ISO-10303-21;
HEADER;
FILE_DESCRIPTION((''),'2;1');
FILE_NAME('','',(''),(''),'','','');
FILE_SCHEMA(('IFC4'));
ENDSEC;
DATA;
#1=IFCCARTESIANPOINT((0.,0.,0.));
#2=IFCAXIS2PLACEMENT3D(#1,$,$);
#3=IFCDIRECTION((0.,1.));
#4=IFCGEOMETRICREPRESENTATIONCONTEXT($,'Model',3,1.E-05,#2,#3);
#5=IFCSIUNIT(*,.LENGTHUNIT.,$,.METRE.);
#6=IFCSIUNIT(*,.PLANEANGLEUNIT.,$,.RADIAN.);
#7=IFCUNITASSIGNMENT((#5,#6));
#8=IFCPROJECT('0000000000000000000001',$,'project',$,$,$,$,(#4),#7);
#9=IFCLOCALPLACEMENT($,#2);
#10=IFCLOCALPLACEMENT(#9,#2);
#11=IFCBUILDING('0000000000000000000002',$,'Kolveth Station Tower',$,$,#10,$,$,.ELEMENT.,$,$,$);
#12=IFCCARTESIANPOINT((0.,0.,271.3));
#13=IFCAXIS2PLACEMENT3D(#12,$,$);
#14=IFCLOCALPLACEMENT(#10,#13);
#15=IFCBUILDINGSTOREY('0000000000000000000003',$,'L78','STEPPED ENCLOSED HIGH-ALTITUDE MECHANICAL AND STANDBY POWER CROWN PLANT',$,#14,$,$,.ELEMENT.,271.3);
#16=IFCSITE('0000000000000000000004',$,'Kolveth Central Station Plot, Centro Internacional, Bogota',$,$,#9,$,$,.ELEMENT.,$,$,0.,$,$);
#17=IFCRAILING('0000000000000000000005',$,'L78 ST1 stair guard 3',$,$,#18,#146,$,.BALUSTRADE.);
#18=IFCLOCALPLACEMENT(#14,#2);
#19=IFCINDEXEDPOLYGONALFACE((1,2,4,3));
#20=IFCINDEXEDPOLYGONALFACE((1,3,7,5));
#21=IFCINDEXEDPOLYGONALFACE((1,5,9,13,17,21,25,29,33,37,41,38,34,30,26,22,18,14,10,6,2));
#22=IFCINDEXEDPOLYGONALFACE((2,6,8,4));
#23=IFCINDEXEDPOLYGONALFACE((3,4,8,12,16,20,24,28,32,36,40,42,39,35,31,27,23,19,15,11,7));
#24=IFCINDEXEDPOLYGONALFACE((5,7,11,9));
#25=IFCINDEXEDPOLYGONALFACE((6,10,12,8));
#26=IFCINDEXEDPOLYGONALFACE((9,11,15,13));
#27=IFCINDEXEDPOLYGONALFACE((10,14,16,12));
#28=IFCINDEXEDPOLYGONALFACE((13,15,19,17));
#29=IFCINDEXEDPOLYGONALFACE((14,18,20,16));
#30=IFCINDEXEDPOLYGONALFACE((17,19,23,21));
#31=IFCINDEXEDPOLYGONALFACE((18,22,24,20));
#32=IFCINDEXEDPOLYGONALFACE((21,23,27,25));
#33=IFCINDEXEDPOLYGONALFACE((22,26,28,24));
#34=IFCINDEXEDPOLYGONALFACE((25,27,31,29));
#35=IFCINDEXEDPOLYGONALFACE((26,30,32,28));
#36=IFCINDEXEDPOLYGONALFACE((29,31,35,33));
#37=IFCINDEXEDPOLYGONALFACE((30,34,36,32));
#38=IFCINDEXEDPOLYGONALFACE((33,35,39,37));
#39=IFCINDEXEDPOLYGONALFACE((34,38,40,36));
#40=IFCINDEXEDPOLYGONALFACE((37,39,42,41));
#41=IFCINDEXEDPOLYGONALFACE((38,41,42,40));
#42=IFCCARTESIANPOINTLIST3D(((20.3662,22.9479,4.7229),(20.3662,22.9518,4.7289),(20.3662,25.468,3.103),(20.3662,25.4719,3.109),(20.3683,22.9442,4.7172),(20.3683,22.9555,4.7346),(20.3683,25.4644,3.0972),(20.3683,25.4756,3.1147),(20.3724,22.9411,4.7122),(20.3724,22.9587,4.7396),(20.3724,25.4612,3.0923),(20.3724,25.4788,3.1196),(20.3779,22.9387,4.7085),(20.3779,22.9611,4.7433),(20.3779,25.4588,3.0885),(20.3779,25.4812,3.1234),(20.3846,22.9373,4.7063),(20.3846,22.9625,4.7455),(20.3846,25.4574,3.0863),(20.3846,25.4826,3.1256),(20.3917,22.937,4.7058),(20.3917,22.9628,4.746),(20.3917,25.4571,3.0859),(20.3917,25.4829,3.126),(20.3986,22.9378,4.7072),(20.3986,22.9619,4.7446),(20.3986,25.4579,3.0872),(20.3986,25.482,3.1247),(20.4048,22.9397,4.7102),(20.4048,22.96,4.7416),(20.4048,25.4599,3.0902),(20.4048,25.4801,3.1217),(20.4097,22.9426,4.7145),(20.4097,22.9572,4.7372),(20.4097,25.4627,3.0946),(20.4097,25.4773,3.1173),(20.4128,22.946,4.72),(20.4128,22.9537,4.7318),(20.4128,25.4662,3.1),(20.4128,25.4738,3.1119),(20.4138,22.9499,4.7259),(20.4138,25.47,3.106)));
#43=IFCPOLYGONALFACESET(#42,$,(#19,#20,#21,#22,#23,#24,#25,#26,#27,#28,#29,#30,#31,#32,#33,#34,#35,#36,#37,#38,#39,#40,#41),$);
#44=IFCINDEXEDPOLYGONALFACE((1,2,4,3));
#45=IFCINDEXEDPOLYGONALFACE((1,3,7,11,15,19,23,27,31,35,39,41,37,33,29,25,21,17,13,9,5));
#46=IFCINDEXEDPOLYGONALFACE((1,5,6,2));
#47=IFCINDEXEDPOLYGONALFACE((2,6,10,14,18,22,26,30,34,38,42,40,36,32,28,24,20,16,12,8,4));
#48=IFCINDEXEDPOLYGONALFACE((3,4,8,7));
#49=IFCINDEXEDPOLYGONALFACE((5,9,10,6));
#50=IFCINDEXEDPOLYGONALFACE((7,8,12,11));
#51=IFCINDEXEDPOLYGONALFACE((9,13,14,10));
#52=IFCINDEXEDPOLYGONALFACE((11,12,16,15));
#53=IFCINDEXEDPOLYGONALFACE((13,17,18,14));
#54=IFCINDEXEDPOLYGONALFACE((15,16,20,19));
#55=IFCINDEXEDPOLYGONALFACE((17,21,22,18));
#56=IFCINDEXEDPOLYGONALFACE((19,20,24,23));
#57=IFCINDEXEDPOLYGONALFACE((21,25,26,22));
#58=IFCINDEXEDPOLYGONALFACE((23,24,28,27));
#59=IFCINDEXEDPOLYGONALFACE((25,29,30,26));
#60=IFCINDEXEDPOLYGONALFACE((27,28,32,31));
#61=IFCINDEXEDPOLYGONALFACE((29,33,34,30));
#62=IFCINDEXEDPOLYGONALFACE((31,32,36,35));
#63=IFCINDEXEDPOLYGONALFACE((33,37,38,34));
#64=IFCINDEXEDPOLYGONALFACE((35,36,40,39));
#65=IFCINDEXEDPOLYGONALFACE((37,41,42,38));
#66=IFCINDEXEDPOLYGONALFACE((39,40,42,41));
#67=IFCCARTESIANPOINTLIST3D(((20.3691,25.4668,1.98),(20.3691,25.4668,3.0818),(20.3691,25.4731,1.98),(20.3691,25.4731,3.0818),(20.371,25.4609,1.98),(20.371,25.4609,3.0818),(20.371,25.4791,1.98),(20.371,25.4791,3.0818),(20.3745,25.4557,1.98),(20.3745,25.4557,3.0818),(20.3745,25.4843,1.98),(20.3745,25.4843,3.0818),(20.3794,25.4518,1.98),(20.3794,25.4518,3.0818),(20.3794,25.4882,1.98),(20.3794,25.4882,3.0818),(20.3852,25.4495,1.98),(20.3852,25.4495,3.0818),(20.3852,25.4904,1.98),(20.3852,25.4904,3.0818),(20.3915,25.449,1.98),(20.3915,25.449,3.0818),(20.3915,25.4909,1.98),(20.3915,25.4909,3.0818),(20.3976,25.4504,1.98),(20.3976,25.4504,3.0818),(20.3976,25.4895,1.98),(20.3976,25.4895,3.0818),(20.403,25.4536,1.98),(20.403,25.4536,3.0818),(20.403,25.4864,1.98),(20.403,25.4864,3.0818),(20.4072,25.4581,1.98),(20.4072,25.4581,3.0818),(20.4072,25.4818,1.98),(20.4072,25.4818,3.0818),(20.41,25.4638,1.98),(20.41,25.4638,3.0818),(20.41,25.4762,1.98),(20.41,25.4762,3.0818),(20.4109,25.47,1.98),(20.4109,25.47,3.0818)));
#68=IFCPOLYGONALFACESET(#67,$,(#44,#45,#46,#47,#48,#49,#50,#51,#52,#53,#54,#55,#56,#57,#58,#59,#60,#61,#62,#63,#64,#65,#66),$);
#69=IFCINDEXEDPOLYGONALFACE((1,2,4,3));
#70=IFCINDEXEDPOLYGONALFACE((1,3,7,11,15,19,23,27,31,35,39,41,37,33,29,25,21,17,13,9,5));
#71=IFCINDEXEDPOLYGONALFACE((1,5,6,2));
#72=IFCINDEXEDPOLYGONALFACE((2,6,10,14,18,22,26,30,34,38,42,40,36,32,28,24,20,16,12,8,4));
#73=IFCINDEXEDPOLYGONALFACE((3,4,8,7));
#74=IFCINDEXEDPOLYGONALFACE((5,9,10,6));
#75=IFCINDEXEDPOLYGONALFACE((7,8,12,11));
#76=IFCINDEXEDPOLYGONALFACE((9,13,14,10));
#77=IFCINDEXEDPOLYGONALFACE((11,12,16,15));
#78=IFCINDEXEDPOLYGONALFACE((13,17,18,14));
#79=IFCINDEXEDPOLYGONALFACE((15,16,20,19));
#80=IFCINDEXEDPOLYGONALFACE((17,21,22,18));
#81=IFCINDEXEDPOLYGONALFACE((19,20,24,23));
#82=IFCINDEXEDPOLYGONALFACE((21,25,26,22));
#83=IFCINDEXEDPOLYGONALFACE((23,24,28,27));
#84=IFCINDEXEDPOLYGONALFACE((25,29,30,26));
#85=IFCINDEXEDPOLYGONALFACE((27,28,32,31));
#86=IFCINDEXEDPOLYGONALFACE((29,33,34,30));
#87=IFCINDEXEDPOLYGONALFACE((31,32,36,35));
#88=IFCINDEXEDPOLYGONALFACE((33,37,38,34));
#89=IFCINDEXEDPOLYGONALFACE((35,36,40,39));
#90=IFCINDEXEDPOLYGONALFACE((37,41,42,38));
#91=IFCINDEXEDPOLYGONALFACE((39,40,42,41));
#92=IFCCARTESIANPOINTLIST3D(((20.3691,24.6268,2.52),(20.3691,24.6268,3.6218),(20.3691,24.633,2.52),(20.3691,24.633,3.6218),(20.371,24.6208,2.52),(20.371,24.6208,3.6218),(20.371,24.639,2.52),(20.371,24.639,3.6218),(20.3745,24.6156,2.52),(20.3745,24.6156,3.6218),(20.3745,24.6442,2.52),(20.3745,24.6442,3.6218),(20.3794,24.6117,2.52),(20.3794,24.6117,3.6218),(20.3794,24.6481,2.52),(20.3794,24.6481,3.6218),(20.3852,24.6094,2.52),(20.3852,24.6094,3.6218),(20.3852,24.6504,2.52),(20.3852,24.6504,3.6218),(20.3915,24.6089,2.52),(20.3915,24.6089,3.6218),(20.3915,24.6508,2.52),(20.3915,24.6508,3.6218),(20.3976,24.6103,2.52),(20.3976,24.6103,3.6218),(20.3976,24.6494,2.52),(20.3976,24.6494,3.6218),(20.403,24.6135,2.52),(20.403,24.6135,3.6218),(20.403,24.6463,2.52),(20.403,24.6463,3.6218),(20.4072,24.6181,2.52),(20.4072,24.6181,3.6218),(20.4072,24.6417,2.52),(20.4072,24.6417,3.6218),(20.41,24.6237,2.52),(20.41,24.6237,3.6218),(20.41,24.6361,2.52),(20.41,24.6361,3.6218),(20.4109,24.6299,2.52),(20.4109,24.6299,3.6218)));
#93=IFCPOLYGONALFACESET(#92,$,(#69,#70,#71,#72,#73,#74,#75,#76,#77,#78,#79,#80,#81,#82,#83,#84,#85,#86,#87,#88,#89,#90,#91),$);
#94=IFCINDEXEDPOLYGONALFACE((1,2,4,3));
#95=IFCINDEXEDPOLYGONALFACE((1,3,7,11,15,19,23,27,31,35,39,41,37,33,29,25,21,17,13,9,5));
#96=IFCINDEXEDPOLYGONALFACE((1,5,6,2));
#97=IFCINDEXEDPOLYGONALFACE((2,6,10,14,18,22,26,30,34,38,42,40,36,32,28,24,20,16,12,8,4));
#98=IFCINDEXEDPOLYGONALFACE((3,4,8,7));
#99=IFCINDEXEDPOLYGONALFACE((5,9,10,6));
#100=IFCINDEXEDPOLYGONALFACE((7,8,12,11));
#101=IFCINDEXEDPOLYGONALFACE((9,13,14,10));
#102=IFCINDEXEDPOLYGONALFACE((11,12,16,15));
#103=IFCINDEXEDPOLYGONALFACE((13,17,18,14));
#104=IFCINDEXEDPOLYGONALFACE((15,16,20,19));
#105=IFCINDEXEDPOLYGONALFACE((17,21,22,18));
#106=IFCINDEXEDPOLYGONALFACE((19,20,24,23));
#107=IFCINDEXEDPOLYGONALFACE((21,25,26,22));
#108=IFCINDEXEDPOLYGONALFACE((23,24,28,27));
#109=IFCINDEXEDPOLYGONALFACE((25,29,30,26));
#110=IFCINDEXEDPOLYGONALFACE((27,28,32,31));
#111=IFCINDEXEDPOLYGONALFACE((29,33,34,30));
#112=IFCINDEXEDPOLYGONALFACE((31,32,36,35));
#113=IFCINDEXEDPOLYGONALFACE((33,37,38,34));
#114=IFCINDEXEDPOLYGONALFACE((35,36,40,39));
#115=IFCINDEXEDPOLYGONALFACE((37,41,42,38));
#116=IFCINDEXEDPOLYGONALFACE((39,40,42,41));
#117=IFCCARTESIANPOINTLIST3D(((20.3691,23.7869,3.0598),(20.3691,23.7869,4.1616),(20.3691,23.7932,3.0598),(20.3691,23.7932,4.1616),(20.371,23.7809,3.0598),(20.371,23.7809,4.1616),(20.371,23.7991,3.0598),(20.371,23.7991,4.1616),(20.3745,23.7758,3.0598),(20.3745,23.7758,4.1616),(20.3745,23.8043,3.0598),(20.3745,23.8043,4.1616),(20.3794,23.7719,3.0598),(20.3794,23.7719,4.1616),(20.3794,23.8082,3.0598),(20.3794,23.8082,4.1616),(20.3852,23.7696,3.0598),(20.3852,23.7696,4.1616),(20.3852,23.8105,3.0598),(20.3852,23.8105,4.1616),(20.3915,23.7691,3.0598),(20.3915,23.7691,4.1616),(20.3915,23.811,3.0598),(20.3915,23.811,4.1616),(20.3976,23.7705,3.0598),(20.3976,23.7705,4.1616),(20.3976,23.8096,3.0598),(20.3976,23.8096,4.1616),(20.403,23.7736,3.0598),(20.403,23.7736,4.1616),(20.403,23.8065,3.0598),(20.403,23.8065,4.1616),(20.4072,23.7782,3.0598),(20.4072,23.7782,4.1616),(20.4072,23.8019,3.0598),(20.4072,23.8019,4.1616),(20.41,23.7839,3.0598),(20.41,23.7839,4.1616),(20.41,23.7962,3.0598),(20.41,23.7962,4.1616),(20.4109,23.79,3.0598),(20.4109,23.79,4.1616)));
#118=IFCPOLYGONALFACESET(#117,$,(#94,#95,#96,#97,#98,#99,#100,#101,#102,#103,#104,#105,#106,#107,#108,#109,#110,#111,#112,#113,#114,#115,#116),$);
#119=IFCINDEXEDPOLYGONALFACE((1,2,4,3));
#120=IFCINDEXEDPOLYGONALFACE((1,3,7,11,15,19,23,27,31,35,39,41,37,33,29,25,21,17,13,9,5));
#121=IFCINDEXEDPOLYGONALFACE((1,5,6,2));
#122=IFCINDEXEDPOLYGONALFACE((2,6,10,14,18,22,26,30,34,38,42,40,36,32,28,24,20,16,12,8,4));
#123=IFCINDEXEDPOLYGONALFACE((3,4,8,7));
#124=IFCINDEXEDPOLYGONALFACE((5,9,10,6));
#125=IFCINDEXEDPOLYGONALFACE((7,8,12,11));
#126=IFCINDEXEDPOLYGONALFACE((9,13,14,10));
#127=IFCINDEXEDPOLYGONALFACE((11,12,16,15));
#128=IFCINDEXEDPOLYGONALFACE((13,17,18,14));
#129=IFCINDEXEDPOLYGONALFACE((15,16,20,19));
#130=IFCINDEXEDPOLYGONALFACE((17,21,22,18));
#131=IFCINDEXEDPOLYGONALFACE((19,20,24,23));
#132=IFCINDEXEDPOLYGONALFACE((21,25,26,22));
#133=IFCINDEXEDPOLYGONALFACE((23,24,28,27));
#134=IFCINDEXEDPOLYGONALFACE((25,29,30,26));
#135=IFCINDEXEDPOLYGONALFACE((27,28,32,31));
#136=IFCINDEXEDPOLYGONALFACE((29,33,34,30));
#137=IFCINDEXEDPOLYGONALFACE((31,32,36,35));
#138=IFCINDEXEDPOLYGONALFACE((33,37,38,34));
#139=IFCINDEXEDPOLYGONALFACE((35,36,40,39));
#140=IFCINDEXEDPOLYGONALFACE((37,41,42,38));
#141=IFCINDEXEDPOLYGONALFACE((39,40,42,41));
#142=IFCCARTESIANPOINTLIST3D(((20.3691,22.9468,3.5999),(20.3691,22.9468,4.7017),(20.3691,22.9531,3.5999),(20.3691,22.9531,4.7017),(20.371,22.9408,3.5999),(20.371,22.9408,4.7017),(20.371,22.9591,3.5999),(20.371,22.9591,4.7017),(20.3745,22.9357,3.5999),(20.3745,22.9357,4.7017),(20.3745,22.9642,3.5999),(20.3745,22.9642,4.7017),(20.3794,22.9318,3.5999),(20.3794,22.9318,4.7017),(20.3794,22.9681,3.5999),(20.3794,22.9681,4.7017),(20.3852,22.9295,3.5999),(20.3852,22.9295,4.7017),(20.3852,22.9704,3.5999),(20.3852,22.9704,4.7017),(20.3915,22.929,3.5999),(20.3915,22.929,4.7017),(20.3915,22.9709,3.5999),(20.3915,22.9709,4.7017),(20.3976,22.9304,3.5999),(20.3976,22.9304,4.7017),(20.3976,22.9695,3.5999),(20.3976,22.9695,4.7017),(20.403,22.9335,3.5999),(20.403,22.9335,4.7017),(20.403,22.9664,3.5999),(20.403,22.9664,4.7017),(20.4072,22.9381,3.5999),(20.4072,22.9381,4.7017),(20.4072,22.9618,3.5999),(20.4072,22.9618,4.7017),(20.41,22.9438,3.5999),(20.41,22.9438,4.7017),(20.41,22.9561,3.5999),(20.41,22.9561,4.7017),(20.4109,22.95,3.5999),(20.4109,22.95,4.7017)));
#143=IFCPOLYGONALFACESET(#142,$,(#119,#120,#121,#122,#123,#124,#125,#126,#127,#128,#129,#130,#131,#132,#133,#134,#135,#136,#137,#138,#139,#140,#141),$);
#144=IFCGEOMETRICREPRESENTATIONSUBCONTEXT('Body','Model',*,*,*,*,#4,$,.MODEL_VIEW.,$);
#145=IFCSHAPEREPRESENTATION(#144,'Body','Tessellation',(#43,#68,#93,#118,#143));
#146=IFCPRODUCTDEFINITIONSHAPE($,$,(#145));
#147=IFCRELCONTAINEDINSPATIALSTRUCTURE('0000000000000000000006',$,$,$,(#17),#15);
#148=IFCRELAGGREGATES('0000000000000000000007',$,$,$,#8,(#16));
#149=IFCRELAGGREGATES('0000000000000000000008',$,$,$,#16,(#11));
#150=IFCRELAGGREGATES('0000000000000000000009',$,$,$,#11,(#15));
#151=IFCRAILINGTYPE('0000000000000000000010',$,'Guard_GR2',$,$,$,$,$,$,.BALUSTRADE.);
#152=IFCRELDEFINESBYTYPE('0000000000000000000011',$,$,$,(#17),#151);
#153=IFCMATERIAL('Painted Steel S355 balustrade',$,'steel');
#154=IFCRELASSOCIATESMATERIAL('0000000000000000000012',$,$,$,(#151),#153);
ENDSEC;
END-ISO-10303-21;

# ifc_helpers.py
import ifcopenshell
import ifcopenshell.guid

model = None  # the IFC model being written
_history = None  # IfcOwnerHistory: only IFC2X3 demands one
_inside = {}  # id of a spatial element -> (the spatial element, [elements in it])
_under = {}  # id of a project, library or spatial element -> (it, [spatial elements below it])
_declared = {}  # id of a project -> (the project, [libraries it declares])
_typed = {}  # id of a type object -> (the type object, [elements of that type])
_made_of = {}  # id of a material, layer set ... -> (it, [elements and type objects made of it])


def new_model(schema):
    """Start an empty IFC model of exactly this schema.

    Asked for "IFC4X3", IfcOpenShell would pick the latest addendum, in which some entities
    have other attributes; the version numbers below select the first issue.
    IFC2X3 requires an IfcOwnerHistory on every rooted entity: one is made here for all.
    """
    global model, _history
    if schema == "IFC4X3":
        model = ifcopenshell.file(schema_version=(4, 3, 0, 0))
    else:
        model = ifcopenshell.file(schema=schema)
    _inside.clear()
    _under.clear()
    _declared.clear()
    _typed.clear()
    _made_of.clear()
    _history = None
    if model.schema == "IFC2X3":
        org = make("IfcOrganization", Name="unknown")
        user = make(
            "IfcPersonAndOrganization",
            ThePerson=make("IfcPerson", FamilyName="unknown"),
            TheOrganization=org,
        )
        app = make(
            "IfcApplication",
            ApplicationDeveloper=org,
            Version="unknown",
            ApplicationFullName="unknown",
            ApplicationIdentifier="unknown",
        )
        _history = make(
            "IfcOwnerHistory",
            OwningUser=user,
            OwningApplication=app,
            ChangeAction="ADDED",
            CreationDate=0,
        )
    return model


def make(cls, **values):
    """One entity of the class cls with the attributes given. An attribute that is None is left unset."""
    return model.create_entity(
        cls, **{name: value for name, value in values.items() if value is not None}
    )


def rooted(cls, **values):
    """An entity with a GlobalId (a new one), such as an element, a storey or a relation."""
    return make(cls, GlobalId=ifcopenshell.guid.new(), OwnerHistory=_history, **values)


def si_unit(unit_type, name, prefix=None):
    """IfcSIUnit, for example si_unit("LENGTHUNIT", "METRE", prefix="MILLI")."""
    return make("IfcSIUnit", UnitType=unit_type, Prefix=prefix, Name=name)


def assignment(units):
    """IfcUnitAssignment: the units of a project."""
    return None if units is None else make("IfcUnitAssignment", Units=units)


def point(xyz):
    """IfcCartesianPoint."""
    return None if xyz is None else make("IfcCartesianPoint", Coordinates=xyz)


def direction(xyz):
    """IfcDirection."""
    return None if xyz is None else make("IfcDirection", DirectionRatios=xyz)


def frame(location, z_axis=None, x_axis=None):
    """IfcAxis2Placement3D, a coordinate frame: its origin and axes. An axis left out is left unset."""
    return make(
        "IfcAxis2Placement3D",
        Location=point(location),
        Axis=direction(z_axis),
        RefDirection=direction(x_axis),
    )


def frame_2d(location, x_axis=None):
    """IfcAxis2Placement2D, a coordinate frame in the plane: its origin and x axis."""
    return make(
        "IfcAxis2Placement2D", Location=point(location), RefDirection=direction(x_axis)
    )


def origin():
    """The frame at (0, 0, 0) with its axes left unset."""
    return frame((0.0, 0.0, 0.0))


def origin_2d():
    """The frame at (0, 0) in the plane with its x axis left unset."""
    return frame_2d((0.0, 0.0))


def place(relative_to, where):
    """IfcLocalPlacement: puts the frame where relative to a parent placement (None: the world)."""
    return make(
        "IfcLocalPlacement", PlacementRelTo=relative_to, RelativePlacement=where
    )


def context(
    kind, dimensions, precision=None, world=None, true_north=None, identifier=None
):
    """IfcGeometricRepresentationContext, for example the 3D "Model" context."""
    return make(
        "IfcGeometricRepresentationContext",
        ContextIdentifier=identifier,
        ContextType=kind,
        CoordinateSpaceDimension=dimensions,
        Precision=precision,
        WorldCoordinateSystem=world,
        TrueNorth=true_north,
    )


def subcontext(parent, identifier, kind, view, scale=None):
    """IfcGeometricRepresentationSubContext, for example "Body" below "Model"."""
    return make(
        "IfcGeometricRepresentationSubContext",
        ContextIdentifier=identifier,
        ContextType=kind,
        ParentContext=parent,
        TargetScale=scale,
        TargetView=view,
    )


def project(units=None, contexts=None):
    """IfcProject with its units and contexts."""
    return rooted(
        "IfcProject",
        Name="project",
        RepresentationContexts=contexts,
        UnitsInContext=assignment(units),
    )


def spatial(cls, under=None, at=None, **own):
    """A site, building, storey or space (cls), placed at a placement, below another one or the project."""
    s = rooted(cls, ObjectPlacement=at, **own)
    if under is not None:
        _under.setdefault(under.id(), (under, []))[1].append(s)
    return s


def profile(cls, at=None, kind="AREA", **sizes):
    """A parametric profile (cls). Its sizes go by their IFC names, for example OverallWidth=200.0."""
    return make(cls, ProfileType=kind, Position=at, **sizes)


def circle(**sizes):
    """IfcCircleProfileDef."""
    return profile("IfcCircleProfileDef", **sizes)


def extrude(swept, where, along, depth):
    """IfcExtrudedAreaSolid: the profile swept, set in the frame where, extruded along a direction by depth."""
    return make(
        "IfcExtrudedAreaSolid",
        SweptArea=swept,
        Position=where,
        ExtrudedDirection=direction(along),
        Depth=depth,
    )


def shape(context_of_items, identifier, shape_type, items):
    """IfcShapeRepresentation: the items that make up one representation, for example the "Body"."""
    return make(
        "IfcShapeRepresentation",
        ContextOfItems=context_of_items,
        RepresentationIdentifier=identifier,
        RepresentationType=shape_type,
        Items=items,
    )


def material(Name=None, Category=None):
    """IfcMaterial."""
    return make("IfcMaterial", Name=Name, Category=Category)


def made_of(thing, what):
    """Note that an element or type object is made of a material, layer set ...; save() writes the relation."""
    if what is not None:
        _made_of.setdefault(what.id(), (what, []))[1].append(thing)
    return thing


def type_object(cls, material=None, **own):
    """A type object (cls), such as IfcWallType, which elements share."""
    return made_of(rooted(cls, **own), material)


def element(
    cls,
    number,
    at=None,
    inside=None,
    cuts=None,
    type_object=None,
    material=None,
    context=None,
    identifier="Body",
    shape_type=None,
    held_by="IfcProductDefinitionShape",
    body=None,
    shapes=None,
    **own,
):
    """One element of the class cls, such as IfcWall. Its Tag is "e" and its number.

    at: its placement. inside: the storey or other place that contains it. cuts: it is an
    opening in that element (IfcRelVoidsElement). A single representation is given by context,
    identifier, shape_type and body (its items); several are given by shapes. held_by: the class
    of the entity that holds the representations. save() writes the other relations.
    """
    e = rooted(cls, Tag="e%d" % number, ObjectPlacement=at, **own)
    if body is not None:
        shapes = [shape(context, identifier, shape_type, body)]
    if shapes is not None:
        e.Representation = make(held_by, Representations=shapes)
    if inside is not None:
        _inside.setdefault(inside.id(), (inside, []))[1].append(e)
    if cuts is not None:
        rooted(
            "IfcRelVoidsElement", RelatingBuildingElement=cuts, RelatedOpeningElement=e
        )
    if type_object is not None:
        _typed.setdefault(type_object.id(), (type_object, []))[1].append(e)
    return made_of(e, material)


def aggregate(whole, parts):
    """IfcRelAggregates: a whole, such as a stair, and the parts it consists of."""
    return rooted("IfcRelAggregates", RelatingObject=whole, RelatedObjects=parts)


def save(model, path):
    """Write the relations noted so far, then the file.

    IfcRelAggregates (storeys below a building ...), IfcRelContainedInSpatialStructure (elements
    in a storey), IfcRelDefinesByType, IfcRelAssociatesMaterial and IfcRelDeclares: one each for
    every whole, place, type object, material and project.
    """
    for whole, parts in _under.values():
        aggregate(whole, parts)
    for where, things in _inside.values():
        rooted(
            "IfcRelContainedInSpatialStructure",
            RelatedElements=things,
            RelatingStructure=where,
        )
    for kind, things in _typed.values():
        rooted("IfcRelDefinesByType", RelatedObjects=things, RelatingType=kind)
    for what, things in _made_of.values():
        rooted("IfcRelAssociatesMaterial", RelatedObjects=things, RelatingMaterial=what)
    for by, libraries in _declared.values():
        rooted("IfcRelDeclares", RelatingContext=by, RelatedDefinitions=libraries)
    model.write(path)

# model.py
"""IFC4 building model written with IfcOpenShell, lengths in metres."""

from ifc_helpers import new_model, si_unit, direction, frame, origin, origin_2d, place, context, subcontext, project, spatial, circle, extrude, material, type_object, element, save


model = new_model("IFC4")

# Units and contexts
model_context = context("Model", 3, precision=1e-05, world=origin(), true_north=direction((0.0, 1.0)))
body_context = subcontext(model_context, "Body", "Model", "MODEL_VIEW")
ifc_project = project(units=[si_unit("LENGTHUNIT", "METRE"), si_unit("PLANEANGLEUNIT", "RADIAN")], contexts=[model_context])

# Site, building, storey
site_placement = place(None, origin())
site = spatial("IfcSite", under=ifc_project, at=site_placement, Name="Kolveth Central Station Plot, Centro Internacional, Bogota", CompositionType="ELEMENT", RefElevation=0.0)
building_placement = place(site_placement, origin())
building = spatial("IfcBuilding", under=site, at=building_placement, Name="Kolveth Station Tower", CompositionType="ELEMENT")
storey_placement = place(building_placement, frame((0.0, 0.0, 271.3)))
storey = spatial("IfcBuildingStorey", under=building, at=storey_placement, Name="L78", Description="STEPPED ENCLOSED HIGH-ALTITUDE MECHANICAL AND STANDBY POWER CROWN PLANT", CompositionType="ELEMENT", Elevation=271.3)

# Railing
ifc_material_1 = material(Name="Painted Steel S355 balustrade", Category="steel")
railing_type_1 = type_object("IfcRailingType", Name="Guard_GR2", PredefinedType="BALUSTRADE", material=ifc_material_1)
railing_1_placement = place(storey_placement, frame((20.3899, 25.47, 1.98)))
element("IfcRailing", 1, at=railing_1_placement, inside=storey, type_object=railing_type_1, Name="L78 ST1 stair guard 3", PredefinedType="BALUSTRADE", context=body_context, shape_type="SweptSolid", body=[
    extrude(circle(Radius=0.0239, at=origin_2d()), frame((0.0, 0.0, 1.126), z_axis=(0.0, -0.8412, 0.540725), x_axis=(1.0, 0.0, 0.0)), (0.0, 0.0, 1.0), 2.9958),
    extrude(circle(Radius=0.021, at=origin_2d()), origin(), (0.0, 0.0, 1.0), 1.1018),
    extrude(circle(Radius=0.021, at=origin_2d()), frame((0.0, -0.8401, 0.54)), (0.0, 0.0, 1.0), 1.1018),
    extrude(circle(Radius=0.021, at=origin_2d()), frame((0.0, -1.6799, 1.0798)), (0.0, 0.0, 1.0), 1.1018),
    extrude(circle(Radius=0.021, at=origin_2d()), frame((0.0, -2.52, 1.6199)), (0.0, 0.0, 1.0), 1.1018),
])

save(model, "model.ifc")
